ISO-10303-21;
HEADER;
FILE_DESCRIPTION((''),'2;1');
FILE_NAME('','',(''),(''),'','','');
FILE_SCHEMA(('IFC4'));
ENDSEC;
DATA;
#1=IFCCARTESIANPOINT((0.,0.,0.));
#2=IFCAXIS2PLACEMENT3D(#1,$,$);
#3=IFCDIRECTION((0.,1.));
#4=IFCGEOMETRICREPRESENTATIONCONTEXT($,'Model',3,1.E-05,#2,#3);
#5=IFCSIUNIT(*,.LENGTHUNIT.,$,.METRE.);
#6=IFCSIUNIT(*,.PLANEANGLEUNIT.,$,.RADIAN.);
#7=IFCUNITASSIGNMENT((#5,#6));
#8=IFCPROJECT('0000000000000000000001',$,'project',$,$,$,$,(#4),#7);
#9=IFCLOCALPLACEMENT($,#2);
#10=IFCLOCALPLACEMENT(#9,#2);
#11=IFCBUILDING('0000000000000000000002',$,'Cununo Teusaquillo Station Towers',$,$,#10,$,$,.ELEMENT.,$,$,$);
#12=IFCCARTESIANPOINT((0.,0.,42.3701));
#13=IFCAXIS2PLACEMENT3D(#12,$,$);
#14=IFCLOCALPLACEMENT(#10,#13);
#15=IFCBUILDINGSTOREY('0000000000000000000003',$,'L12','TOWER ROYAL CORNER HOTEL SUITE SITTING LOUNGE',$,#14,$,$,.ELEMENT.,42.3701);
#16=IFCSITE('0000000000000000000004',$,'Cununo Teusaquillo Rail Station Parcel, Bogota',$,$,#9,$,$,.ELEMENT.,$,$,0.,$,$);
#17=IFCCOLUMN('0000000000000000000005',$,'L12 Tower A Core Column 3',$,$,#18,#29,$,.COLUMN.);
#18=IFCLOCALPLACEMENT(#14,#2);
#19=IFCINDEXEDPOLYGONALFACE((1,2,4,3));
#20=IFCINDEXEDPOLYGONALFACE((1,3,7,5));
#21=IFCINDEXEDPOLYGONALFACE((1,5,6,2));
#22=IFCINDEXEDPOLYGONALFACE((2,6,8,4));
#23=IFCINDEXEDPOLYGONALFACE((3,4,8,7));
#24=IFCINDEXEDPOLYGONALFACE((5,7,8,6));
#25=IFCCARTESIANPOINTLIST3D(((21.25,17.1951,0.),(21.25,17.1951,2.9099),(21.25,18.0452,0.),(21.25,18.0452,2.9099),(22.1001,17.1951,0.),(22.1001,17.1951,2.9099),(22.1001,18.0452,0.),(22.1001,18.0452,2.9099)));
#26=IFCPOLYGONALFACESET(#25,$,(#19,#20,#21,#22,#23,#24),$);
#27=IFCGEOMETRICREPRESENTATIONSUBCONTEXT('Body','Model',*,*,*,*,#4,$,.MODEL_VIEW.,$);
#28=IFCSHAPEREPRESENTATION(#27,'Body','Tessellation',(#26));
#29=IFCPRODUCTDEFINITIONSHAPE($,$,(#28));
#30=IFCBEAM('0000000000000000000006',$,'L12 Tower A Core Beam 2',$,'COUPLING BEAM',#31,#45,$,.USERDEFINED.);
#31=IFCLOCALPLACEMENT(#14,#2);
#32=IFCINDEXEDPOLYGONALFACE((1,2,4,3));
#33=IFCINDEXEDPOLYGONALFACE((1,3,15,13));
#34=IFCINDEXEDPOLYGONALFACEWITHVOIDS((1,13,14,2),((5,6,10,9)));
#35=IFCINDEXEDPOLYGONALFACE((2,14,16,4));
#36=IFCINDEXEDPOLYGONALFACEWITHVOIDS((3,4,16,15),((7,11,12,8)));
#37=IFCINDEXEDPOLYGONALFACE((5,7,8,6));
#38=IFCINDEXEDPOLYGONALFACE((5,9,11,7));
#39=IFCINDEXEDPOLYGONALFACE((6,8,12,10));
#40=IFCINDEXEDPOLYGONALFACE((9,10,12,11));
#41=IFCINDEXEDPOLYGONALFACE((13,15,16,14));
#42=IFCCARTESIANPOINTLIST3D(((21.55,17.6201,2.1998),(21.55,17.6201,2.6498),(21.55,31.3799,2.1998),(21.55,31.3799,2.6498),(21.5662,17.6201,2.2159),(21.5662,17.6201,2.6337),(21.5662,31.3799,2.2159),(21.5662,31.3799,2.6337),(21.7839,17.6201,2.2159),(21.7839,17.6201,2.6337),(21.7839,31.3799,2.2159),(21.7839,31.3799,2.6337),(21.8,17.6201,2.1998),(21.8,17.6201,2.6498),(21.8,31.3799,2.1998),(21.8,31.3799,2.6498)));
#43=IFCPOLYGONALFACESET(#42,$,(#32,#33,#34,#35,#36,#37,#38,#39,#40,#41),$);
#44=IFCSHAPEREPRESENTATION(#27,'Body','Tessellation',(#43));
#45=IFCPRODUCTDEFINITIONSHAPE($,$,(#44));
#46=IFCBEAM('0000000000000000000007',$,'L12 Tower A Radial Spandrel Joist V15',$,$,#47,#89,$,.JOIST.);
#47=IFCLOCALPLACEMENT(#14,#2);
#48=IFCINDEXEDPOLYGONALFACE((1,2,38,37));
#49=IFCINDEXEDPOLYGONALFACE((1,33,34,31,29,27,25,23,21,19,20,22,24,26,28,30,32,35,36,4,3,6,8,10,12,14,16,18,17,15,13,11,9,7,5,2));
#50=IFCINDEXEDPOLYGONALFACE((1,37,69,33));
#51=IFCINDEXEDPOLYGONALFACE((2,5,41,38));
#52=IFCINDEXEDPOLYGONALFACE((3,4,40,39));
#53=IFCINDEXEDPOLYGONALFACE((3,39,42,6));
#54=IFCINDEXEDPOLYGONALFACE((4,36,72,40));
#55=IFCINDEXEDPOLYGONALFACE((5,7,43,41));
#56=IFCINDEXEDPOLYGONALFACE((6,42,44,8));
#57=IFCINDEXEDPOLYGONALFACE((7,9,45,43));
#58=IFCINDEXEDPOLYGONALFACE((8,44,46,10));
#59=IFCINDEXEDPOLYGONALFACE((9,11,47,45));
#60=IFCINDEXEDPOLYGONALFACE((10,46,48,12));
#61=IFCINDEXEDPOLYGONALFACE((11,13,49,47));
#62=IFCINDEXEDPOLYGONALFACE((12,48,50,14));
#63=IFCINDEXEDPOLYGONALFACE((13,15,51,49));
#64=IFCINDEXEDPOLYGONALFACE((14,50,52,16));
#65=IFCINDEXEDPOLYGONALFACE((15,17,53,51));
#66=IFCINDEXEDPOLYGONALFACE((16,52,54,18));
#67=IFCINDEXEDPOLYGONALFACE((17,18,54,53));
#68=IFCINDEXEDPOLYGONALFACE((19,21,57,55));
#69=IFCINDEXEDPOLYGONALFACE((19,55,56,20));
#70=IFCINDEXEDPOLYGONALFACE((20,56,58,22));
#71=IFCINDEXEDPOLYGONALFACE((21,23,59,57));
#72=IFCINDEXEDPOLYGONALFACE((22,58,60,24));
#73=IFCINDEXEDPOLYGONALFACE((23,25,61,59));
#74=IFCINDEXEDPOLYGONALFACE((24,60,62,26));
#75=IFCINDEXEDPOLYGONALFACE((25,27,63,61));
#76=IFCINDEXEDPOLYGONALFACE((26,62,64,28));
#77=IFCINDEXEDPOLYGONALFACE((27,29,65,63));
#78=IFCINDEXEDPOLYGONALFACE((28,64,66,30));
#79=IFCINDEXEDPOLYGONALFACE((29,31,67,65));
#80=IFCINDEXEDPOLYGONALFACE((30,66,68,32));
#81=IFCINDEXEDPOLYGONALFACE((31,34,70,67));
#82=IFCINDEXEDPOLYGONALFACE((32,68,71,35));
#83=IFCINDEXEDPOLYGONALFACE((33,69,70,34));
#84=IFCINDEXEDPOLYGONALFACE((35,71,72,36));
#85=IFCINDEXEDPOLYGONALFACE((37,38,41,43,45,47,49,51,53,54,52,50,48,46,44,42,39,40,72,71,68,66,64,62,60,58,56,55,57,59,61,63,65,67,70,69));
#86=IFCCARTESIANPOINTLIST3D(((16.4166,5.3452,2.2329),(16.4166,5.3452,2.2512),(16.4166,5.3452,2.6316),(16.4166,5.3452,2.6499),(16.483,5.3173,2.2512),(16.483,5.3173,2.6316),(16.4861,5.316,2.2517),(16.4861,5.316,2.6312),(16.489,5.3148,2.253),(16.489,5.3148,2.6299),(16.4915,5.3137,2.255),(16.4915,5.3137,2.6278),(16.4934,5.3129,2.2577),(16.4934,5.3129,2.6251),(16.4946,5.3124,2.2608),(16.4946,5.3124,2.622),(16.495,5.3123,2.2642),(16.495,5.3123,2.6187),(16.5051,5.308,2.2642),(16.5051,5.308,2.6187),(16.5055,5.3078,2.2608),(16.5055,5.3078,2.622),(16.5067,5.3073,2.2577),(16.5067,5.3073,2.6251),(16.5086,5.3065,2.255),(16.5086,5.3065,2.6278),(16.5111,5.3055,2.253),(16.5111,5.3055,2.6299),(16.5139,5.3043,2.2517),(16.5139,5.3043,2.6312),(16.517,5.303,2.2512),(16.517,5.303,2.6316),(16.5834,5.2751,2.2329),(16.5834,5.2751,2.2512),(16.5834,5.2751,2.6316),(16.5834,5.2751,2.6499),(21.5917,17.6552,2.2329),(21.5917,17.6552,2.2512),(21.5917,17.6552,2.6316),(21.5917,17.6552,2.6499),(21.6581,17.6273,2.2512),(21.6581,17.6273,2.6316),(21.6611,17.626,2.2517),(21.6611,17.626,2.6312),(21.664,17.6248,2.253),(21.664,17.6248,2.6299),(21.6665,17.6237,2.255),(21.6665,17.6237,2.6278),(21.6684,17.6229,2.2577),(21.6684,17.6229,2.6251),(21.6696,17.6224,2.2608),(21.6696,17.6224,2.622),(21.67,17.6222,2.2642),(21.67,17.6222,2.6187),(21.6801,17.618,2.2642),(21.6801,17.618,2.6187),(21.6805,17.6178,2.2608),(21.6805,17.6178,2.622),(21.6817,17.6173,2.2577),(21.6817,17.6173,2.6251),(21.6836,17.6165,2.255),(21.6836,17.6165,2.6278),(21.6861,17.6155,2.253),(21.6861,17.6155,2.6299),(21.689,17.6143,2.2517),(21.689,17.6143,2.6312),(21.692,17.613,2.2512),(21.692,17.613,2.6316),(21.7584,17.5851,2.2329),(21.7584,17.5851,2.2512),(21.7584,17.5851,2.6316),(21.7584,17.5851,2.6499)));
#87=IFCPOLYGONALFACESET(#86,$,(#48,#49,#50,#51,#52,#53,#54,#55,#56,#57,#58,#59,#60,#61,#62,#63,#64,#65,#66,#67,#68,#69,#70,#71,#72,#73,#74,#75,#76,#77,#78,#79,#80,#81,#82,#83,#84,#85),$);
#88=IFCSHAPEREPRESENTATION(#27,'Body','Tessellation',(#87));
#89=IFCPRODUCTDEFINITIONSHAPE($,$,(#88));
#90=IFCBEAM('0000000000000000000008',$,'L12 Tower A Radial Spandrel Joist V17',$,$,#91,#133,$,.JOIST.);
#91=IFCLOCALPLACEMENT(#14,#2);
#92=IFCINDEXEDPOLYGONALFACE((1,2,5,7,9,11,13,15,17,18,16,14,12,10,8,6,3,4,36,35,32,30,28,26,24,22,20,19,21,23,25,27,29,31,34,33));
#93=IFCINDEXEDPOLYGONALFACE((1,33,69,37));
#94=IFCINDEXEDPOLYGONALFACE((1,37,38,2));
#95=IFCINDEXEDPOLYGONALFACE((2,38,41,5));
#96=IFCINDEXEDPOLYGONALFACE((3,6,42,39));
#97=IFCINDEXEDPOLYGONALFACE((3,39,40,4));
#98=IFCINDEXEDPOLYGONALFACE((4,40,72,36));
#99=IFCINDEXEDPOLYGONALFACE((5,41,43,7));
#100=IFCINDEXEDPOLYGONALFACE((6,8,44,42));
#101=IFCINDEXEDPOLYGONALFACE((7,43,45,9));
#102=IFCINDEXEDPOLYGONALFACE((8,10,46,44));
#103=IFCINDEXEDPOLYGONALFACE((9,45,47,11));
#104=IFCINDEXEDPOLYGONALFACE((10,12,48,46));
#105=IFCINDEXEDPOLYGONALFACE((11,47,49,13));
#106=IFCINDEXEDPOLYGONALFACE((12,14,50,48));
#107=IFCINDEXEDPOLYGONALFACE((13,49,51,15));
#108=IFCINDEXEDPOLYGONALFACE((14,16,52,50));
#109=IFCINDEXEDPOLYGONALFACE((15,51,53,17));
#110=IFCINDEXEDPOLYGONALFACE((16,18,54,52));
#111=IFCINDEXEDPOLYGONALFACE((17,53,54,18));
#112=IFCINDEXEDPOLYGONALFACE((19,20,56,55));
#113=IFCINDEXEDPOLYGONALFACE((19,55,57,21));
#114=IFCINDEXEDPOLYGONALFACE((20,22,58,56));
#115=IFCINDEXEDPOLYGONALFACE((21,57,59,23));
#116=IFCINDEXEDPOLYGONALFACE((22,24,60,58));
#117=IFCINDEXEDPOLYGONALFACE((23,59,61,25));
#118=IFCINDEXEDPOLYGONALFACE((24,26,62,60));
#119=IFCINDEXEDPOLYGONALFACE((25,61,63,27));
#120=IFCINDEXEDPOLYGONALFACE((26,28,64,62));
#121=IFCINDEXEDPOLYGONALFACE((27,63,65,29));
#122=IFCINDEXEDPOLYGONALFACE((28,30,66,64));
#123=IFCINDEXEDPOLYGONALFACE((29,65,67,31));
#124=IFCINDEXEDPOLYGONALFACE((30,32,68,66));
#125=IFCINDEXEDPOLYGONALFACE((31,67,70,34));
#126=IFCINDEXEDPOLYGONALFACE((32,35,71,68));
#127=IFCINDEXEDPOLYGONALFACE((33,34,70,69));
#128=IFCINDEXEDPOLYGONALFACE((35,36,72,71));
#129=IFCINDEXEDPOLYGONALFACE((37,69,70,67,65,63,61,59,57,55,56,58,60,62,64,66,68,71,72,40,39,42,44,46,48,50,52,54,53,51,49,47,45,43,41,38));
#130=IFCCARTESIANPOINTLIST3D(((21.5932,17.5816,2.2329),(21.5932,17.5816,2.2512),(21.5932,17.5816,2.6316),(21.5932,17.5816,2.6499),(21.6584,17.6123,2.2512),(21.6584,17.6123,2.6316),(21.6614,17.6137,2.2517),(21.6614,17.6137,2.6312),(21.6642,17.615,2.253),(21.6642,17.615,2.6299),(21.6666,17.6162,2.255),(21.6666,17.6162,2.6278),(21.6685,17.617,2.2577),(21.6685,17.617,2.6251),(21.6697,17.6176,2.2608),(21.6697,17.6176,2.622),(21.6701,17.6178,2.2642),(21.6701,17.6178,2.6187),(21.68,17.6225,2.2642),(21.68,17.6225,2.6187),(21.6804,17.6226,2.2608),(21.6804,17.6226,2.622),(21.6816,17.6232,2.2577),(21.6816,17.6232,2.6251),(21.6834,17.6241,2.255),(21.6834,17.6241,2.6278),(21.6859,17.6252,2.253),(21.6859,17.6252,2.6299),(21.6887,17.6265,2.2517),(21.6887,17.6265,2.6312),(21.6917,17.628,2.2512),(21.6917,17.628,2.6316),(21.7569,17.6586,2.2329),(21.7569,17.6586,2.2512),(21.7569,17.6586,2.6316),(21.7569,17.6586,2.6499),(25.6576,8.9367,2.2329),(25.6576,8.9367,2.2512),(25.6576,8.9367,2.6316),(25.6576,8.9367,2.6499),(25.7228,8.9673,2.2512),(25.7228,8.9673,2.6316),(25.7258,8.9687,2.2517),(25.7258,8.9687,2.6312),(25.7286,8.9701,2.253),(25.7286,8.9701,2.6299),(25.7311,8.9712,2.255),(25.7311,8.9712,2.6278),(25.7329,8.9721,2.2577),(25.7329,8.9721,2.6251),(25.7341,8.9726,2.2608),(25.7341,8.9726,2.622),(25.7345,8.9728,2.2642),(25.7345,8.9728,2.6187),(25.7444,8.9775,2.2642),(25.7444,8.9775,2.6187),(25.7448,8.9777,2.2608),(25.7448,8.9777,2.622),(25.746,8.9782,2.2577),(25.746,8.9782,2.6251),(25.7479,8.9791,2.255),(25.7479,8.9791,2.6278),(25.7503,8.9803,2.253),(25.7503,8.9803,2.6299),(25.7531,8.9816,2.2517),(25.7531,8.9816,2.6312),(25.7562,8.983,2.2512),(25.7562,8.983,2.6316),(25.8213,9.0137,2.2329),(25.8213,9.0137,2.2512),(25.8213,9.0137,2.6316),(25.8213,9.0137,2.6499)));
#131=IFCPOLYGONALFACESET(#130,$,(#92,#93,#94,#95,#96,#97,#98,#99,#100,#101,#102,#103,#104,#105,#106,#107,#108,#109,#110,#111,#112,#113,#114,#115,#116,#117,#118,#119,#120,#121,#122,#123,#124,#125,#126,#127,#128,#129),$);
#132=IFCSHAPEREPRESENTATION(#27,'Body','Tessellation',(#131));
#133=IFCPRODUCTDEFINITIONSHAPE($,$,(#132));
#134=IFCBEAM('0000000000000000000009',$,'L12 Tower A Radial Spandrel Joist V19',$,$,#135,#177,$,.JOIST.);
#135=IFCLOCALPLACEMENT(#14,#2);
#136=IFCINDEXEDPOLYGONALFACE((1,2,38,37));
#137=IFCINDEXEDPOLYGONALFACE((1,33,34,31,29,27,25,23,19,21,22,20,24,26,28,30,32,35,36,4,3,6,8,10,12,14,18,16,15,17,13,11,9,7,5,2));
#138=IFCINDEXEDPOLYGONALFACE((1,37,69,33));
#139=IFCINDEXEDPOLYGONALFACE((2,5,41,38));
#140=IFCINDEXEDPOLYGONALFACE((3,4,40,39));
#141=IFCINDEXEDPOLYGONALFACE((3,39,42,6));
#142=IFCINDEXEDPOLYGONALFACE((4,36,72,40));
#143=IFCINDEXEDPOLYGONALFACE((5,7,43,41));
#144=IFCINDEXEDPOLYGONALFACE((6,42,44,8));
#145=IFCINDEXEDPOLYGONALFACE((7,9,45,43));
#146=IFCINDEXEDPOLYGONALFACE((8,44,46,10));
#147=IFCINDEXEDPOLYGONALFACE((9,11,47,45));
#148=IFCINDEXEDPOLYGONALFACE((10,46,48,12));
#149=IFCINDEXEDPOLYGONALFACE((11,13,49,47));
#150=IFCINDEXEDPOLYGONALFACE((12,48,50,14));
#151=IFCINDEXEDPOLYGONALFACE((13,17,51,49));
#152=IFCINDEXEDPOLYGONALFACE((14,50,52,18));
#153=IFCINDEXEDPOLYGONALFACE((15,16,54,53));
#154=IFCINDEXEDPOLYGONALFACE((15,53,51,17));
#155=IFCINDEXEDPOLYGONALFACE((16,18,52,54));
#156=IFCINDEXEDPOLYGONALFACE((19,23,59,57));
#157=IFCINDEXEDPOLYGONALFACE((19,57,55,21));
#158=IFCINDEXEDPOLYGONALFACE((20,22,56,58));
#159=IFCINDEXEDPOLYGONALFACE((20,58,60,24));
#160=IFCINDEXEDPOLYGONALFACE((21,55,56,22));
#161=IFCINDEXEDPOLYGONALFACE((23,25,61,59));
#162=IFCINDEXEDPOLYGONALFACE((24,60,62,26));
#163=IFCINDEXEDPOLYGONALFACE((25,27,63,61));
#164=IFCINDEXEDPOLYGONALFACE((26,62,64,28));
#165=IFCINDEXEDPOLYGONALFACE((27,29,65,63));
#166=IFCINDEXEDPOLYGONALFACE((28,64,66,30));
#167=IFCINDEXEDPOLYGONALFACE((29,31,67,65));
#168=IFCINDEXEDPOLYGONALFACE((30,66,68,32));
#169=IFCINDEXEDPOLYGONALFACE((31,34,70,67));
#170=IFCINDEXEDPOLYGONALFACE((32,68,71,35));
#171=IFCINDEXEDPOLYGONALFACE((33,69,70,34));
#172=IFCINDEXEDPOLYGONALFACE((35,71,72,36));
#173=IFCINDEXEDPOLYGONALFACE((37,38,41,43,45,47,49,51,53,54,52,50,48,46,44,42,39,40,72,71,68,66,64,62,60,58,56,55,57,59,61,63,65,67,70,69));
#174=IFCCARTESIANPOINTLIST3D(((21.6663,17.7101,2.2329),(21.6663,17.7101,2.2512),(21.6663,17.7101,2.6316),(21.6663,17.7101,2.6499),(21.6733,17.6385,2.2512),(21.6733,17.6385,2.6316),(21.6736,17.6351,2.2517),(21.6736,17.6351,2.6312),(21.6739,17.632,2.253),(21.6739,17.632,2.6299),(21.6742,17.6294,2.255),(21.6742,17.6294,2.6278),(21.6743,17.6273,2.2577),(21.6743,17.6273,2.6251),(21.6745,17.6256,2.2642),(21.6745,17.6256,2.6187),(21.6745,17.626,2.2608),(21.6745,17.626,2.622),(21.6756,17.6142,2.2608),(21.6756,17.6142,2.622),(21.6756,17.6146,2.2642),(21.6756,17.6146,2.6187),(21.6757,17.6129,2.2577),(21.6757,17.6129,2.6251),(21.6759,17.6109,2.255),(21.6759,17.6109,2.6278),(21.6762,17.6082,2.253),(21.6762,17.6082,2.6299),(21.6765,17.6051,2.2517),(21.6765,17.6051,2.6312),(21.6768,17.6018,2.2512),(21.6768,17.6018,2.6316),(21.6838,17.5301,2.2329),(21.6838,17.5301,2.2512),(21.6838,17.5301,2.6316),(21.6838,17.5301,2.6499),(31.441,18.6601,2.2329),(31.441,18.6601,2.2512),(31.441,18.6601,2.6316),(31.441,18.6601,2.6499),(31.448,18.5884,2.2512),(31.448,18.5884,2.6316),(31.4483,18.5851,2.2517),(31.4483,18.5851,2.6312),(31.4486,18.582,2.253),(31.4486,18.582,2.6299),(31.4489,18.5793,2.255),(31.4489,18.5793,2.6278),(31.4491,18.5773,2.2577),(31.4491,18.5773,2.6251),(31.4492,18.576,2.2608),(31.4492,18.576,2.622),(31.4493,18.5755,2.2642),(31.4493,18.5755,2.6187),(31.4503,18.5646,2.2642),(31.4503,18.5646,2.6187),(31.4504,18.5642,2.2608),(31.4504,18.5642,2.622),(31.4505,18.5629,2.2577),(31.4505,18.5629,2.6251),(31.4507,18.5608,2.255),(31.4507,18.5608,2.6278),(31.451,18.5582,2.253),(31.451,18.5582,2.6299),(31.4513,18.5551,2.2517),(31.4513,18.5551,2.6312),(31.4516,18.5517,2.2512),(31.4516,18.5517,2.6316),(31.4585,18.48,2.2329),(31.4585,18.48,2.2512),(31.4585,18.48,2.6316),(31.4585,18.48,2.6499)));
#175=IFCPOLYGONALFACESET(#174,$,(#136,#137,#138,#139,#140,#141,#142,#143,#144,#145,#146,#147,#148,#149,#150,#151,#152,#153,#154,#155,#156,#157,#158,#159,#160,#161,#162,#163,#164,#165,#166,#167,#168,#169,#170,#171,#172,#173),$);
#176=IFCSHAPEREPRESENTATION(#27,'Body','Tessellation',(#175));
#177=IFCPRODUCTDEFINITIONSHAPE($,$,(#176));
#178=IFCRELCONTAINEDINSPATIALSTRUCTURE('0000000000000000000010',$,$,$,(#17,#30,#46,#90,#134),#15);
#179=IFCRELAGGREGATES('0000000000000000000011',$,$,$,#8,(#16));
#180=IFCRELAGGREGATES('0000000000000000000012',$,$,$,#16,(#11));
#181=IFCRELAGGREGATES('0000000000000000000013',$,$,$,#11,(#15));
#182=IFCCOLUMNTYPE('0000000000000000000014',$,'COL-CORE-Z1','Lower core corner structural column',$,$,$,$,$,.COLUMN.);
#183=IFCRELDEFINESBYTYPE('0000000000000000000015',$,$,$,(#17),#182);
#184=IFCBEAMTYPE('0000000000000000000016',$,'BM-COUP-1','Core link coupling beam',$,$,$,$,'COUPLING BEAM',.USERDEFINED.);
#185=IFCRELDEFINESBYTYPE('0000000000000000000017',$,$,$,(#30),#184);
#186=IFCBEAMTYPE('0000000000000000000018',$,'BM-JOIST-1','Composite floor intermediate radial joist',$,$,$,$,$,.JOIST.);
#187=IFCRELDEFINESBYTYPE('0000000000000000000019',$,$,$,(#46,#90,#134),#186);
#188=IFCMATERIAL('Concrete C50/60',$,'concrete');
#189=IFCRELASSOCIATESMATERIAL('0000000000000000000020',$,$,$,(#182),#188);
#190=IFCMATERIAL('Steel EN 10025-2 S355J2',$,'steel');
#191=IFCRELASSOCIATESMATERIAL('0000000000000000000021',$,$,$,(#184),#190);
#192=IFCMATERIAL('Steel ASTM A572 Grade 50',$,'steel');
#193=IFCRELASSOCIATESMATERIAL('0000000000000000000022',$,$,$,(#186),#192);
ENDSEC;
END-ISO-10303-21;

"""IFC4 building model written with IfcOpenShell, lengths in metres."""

from ifc_helpers import new_model, si_unit, direction, frame, origin, origin_2d, place, context, subcontext, project, spatial, rectangle, hollow_rectangle, i_section, extrude, material, material_profile, profile_set, type_object, element, save


model = new_model("IFC4")

# Units and contexts
model_context = context("Model", 3, precision=1e-05, world=origin(), true_north=direction((0.0, 1.0)))
body_context = subcontext(model_context, "Body", "Model", "MODEL_VIEW")
ifc_project = project(units=[si_unit("LENGTHUNIT", "METRE"), si_unit("PLANEANGLEUNIT", "RADIAN")], contexts=[model_context])

# Site, building, storey
site_placement = place(None, origin())
site = spatial("IfcSite", under=ifc_project, at=site_placement, Name="Cununo Teusaquillo Rail Station Parcel, Bogota", CompositionType="ELEMENT", RefElevation=0.0)
building_placement = place(site_placement, origin())
building = spatial("IfcBuilding", under=site, at=building_placement, Name="Cununo Teusaquillo Station Towers", CompositionType="ELEMENT")
storey_placement = place(building_placement, frame((0.0, 0.0, 42.3701)))
storey = spatial("IfcBuildingStorey", under=building, at=storey_placement, Name="L12", Description="TOWER ROYAL CORNER HOTEL SUITE SITTING LOUNGE", CompositionType="ELEMENT", Elevation=42.3701)

# Column
ifc_material_1 = material(Name="Concrete C50/60", Category="concrete")
ifc_material_profile_1 = material_profile(ifc_material_1, rectangle(XDim=0.8501, YDim=0.8501, at=origin_2d()), Name="RC-RECT-850x850")
ifc_profile_set_1 = profile_set([ifc_material_profile_1], Name="Concrete C50/60")
column_type = type_object("IfcColumnType", Name="COL-CORE-Z1", Description="Lower core corner structural column", PredefinedType="COLUMN", material=ifc_profile_set_1)
column_placement = place(storey_placement, frame((21.675, 17.6201, 0.0), z_axis=(0.0, 0.0, 1.0), x_axis=(1.0, 0.0, 0.0)))
element("IfcColumn", 1, at=column_placement, inside=storey, type_object=column_type, Name="L12 Tower A Core Column 3", PredefinedType="COLUMN", context=body_context, shape_type="SweptSolid", body=[
    extrude(rectangle(XDim=0.8501, YDim=0.8501, at=origin_2d()), origin(), (0.0, 0.0, 1.0), 2.9099),
])

# Beams
ifc_material_2 = material(Name="Steel EN 10025-2 S355J2", Category="steel")
ifc_material_profile_2 = material_profile(ifc_material_2, hollow_rectangle(XDim=0.25, YDim=0.45, WallThickness=0.0161, at=origin_2d()), Name="RHS 450x250x16")
ifc_profile_set_2 = profile_set([ifc_material_profile_2], Name="Steel EN 10025-2 S355J2")
beam_type_1 = type_object("IfcBeamType", Name="BM-COUP-1", Description="Core link coupling beam", ElementType="COUPLING BEAM", PredefinedType="USERDEFINED", material=ifc_profile_set_2)
beam_1_placement = place(storey_placement, frame((21.675, 17.6201, 2.4248), z_axis=(0.0, 1.0, 0.0), x_axis=(-1.0, 0.0, 0.0)))
element("IfcBeam", 2, at=beam_1_placement, inside=storey, type_object=beam_type_1, Name="L12 Tower A Core Beam 2", ObjectType="COUPLING BEAM", PredefinedType="USERDEFINED", context=body_context, shape_type="SweptSolid", body=[
    extrude(hollow_rectangle(XDim=0.25, YDim=0.45, WallThickness=0.0161, at=origin_2d()), origin(), (0.0, 0.0, 1.0), 13.7598),
])
ifc_material_3 = material(Name="Steel ASTM A572 Grade 50", Category="steel")
ifc_material_profile_3 = material_profile(ifc_material_3, i_section(OverallWidth=0.1809, OverallDepth=0.417, WebThickness=0.011, FlangeThickness=0.0183, FilletRadius=0.0129, at=origin_2d()), Name="W16X57")
ifc_profile_set_3 = profile_set([ifc_material_profile_3], Name="Steel ASTM A572 Grade 50")
beam_type_2 = type_object("IfcBeamType", Name="BM-JOIST-1", Description="Composite floor intermediate radial joist", PredefinedType="JOIST", material=ifc_profile_set_3)
beam_2_placement = place(storey_placement, frame((21.675, 17.6201, 2.4414), z_axis=(-0.38754, -0.921853, 0.0), x_axis=(0.921853, -0.38754, 0.0)))
element("IfcBeam", 3, at=beam_2_placement, inside=storey, type_object=beam_type_2, Name="L12 Tower A Radial Spandrel Joist V15", PredefinedType="JOIST", context=body_context, shape_type="SweptSolid", body=[
    extrude(i_section(OverallWidth=0.1809, OverallDepth=0.417, WebThickness=0.011, FlangeThickness=0.0183, FilletRadius=0.0129, at=origin_2d()), origin(), (0.0, 0.0, 1.0), 13.3535),
])
beam_3_placement = place(storey_placement, frame((21.675, 17.6201, 2.4414), z_axis=(0.425472, -0.904972, 0.0), x_axis=(0.904972, 0.425472, 0.0)))
element("IfcBeam", 4, at=beam_3_placement, inside=storey, type_object=beam_type_2, Name="L12 Tower A Radial Spandrel Joist V17", PredefinedType="JOIST", context=body_context, shape_type="SweptSolid", body=[
    extrude(i_section(OverallWidth=0.1809, OverallDepth=0.417, WebThickness=0.011, FlangeThickness=0.0183, FilletRadius=0.0129, at=origin_2d()), origin(), (0.0, 0.0, 1.0), 9.5527),
])
beam_4_placement = place(storey_placement, frame((21.675, 17.6201, 2.4414), z_axis=(0.995311, 0.096729, 0.0), x_axis=(-0.096729, 0.995311, 0.0)))
element("IfcBeam", 5, at=beam_4_placement, inside=storey, type_object=beam_type_2, Name="L12 Tower A Radial Spandrel Joist V19", PredefinedType="JOIST", context=body_context, shape_type="SweptSolid", body=[
    extrude(i_section(OverallWidth=0.1809, OverallDepth=0.417, WebThickness=0.011, FlangeThickness=0.0183, FilletRadius=0.0129, at=origin_2d()), origin(), (0.0, 0.0, 1.0), 9.8208),
])

save(model, "model.ifc")
